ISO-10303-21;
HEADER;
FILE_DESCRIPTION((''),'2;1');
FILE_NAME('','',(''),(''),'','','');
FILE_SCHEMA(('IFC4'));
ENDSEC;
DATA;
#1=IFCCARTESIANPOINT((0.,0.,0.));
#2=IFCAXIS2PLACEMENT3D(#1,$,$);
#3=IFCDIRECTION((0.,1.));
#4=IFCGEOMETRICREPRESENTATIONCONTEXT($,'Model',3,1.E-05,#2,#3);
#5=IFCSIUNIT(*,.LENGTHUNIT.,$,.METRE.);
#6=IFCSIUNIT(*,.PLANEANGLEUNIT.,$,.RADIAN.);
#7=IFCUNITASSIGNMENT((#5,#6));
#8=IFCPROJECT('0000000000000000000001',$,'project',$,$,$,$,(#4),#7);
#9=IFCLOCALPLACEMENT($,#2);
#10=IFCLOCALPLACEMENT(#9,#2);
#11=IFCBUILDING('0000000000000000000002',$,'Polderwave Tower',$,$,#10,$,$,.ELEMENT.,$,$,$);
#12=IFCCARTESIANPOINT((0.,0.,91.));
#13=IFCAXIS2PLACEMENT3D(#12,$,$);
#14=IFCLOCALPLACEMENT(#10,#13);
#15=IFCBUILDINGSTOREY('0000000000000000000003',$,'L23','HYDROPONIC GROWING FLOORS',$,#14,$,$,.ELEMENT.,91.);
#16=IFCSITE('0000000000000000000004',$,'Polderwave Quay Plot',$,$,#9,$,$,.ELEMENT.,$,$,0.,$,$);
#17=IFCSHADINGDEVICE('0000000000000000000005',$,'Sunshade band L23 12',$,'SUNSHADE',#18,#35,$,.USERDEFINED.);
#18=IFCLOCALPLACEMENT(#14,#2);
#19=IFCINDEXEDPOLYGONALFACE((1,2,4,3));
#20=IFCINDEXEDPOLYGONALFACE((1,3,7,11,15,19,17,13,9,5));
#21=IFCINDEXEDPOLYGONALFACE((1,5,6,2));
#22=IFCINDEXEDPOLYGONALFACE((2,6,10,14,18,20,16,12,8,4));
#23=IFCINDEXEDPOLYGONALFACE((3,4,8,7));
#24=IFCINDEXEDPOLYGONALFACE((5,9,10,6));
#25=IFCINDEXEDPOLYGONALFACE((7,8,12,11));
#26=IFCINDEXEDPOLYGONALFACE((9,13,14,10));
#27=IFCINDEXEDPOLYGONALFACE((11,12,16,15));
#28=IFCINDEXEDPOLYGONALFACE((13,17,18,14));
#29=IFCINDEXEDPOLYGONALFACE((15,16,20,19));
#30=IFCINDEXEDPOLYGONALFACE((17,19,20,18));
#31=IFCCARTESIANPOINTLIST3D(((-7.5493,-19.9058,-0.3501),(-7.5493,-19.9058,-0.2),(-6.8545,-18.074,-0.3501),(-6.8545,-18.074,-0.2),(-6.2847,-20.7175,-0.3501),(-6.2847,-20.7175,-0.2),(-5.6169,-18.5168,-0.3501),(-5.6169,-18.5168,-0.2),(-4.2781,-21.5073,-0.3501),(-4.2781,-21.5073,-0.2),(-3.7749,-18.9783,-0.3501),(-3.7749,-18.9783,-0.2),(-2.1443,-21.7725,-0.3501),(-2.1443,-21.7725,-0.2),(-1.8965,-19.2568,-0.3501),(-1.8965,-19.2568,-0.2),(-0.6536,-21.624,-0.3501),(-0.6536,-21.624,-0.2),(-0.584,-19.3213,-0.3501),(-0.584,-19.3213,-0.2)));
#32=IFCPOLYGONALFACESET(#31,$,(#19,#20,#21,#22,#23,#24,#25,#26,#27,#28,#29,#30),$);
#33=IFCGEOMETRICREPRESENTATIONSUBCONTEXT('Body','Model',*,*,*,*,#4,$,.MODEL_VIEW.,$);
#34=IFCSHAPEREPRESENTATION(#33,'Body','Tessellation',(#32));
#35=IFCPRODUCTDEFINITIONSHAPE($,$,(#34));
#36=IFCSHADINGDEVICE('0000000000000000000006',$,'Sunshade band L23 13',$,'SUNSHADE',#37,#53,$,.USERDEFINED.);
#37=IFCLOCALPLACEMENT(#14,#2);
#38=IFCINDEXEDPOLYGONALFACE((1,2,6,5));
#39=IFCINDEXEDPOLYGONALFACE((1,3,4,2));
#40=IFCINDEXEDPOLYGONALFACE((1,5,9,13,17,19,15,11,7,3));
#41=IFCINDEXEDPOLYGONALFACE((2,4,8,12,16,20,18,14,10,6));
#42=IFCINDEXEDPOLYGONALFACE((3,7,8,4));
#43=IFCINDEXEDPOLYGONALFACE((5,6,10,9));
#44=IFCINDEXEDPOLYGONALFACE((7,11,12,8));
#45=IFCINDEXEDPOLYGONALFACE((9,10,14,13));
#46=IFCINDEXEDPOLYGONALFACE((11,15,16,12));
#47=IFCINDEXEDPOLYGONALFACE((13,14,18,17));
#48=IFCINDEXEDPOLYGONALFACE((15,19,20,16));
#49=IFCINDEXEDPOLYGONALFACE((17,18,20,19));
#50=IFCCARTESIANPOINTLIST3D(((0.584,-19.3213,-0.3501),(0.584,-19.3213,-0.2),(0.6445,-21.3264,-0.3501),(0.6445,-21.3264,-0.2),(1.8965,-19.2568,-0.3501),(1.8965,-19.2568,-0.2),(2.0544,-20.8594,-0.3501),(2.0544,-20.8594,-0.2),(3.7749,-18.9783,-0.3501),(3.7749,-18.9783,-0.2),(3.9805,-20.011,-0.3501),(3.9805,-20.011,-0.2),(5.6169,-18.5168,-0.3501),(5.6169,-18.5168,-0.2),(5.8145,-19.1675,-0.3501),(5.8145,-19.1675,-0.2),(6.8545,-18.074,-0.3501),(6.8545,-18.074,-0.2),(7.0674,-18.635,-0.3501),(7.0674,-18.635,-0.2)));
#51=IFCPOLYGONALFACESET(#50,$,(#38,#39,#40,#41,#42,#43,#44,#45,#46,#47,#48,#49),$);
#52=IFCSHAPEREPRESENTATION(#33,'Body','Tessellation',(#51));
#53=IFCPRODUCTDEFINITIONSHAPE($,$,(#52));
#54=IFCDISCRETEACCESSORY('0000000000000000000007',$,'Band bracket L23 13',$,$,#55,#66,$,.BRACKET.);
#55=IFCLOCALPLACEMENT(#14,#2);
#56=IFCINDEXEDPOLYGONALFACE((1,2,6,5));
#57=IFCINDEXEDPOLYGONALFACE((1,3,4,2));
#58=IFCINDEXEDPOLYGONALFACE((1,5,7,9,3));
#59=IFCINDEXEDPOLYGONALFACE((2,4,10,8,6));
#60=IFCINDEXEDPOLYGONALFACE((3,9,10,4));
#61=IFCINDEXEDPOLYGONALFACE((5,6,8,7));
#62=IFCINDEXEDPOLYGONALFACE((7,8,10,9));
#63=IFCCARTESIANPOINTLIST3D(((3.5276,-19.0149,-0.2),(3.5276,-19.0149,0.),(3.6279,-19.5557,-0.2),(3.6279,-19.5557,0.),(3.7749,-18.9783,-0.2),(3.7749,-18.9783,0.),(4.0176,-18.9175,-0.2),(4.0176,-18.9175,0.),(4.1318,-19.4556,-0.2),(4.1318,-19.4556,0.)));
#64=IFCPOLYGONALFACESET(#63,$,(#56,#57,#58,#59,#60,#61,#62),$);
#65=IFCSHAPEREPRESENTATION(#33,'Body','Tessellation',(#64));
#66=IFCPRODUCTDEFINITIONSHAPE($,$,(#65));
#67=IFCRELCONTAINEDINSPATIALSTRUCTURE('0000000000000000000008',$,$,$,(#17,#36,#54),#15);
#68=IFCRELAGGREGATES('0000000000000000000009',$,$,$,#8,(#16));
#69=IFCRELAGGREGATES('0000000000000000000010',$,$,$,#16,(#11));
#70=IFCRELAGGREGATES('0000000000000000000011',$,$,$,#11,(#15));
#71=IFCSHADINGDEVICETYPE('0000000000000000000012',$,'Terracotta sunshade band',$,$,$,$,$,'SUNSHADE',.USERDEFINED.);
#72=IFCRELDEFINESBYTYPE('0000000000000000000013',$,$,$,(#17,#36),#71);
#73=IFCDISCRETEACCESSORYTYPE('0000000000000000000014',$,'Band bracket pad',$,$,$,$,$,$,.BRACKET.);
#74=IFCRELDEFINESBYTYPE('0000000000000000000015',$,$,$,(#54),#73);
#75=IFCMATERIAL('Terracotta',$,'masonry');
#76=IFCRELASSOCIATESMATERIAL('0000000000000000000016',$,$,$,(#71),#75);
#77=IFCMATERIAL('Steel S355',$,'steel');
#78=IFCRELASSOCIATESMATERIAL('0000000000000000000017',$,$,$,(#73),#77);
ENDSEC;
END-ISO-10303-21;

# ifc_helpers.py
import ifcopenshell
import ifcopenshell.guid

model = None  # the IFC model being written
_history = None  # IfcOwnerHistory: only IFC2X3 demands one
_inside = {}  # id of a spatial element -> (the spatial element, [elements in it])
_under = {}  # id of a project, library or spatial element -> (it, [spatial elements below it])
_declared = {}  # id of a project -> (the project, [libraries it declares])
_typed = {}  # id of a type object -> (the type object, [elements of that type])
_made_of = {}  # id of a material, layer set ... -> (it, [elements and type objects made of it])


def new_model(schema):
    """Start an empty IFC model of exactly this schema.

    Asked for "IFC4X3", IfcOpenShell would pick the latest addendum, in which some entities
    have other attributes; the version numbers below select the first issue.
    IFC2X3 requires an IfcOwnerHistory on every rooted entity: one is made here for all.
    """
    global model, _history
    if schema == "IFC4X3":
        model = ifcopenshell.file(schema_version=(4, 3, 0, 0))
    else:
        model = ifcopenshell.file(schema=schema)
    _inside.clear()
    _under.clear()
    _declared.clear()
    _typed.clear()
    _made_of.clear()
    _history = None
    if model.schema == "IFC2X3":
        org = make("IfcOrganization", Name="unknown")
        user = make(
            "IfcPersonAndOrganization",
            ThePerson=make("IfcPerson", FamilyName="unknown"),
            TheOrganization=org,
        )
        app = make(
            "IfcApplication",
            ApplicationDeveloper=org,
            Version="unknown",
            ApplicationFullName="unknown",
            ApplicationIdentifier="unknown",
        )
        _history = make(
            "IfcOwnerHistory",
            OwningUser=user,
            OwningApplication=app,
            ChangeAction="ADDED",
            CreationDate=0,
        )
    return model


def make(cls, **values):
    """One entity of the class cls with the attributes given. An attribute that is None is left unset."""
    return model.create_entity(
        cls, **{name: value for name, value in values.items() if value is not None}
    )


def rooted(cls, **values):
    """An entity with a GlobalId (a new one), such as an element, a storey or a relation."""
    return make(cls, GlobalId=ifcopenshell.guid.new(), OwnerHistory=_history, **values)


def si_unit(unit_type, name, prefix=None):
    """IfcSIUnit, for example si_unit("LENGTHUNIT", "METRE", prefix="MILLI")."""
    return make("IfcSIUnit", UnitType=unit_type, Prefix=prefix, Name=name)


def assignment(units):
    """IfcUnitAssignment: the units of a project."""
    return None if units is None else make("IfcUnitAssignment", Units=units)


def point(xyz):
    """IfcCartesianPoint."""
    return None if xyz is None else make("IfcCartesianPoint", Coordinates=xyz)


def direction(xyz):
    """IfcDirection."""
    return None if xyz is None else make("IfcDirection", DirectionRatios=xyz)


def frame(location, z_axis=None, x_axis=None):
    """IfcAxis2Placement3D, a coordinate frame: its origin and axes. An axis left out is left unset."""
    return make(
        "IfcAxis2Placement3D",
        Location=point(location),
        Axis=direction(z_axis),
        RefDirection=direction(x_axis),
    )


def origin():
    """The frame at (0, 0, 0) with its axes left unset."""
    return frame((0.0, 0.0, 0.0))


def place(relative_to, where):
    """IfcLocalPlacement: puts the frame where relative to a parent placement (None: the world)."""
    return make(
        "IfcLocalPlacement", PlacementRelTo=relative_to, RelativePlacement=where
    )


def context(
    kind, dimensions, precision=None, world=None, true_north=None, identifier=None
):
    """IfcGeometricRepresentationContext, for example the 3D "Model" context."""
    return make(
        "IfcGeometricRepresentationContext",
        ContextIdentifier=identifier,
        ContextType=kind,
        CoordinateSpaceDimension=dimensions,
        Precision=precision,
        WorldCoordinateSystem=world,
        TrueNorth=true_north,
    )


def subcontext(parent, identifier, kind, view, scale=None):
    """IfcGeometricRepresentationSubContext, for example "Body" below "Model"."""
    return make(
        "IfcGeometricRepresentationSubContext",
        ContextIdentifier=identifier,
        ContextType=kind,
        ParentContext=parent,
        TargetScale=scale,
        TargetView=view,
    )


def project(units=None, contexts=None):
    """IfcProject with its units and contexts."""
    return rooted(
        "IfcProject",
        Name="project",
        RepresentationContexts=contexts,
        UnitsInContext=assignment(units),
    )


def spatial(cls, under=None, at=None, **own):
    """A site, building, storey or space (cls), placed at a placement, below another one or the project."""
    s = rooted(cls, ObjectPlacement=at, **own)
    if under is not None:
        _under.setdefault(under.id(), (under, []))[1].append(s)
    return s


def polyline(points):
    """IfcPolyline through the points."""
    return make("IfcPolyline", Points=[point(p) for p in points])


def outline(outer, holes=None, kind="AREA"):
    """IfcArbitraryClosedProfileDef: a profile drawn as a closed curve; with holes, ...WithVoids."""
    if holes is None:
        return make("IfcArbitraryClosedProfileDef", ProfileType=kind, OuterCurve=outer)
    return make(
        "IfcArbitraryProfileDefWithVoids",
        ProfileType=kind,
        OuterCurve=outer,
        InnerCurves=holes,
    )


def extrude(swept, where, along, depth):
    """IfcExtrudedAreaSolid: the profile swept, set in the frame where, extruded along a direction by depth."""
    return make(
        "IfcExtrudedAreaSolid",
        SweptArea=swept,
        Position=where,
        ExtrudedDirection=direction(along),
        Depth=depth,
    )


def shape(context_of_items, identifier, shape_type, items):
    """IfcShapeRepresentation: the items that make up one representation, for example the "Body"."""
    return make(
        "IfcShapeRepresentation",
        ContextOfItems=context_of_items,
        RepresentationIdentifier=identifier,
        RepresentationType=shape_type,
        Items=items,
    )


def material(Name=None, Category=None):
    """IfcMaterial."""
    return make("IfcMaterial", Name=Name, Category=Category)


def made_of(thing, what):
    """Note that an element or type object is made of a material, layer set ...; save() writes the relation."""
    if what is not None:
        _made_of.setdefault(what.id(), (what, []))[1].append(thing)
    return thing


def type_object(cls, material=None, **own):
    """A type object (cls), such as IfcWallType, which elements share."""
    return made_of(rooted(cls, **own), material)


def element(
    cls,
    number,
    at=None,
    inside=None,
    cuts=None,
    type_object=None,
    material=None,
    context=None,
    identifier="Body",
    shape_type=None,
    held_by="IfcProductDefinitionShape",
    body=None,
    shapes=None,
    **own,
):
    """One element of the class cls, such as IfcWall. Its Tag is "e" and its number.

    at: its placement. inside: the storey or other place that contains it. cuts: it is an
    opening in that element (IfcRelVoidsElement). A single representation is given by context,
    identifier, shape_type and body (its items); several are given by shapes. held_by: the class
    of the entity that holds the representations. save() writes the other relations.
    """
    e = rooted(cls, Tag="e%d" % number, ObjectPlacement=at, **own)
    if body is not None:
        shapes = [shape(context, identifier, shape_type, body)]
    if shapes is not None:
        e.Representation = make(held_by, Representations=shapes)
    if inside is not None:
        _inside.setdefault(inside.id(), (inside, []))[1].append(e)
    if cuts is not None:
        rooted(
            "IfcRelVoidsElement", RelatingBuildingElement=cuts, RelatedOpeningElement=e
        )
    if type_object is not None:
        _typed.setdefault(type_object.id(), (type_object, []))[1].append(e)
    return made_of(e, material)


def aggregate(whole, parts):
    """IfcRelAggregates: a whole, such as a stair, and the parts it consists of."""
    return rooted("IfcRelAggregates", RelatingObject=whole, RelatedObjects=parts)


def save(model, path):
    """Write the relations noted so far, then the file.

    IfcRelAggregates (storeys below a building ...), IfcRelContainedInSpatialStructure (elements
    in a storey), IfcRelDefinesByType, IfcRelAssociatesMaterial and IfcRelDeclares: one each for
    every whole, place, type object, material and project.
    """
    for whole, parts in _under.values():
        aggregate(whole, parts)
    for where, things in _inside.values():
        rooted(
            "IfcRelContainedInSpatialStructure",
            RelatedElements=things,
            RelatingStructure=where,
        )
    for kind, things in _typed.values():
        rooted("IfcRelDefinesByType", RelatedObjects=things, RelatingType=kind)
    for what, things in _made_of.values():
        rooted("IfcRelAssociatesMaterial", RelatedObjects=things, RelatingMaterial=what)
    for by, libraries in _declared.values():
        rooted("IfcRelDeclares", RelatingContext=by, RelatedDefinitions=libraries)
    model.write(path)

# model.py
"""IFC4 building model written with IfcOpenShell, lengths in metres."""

from ifc_helpers import new_model, si_unit, direction, frame, origin, place, context, subcontext, project, spatial, polyline, outline, extrude, material, type_object, element, save


model = new_model("IFC4")

# Units and contexts
model_context = context("Model", 3, precision=1e-05, world=origin(), true_north=direction((0.0, 1.0)))
body_context = subcontext(model_context, "Body", "Model", "MODEL_VIEW")
ifc_project = project(units=[si_unit("LENGTHUNIT", "METRE"), si_unit("PLANEANGLEUNIT", "RADIAN")], contexts=[model_context])

# Site, building, storey
site_placement = place(None, origin())
site = spatial("IfcSite", under=ifc_project, at=site_placement, Name="Polderwave Quay Plot", CompositionType="ELEMENT", RefElevation=0.0)
building_placement = place(site_placement, origin())
building = spatial("IfcBuilding", under=site, at=building_placement, Name="Polderwave Tower", CompositionType="ELEMENT")
storey_placement = place(building_placement, frame((0.0, 0.0, 91.0)))
storey = spatial("IfcBuildingStorey", under=building, at=storey_placement, Name="L23", Description="HYDROPONIC GROWING FLOORS", CompositionType="ELEMENT", Elevation=91.0)

# Shading devices
ifc_material_1 = material(Name="Terracotta", Category="masonry")
shading_device_type = type_object("IfcShadingDeviceType", Name="Terracotta sunshade band", ElementType="SUNSHADE", PredefinedType="USERDEFINED", material=ifc_material_1)
shading_device_1_placement = place(storey_placement, frame((0.0, 0.0, -0.3501)))
element("IfcShadingDevice", 1, at=shading_device_1_placement, inside=storey, type_object=shading_device_type, Name="Sunshade band L23 12", ObjectType="SUNSHADE", PredefinedType="USERDEFINED", context=body_context, shape_type="SweptSolid", body=[
    extrude(outline(polyline([(-6.8545, -18.074), (-5.6169, -18.5168), (-3.7749, -18.9783), (-1.8965, -19.2568), (-0.584, -19.3213), (-0.6536, -21.624), (-2.1443, -21.7725), (-4.2781, -21.5073), (-6.2847, -20.7175), (-7.5493, -19.9058), (-6.8545, -18.074)])), origin(), (0.0, 0.0, 1.0), 0.1501),
])
shading_device_2_placement = place(storey_placement, frame((0.0, 0.0, -0.3501)))
element("IfcShadingDevice", 2, at=shading_device_2_placement, inside=storey, type_object=shading_device_type, Name="Sunshade band L23 13", ObjectType="SUNSHADE", PredefinedType="USERDEFINED", context=body_context, shape_type="SweptSolid", body=[
    extrude(outline(polyline([(0.584, -19.3213), (1.8965, -19.2568), (3.7749, -18.9783), (5.6169, -18.5168), (6.8545, -18.074), (7.0674, -18.635), (5.8145, -19.1675), (3.9805, -20.011), (2.0544, -20.8594), (0.6445, -21.3264), (0.584, -19.3213)])), origin(), (0.0, 0.0, 1.0), 0.1501),
])

# Discrete accessory
ifc_material_2 = material(Name="Steel S355", Category="steel")
discrete_accessory_type = type_object("IfcDiscreteAccessoryType", Name="Band bracket pad", PredefinedType="BRACKET", material=ifc_material_2)
discrete_accessory_placement = place(storey_placement, frame((0.0, 0.0, -0.2)))
element("IfcDiscreteAccessory", 3, at=discrete_accessory_placement, inside=storey, type_object=discrete_accessory_type, Name="Band bracket L23 13", PredefinedType="BRACKET", context=body_context, shape_type="SweptSolid", body=[
    extrude(outline(polyline([(3.5276, -19.0149), (3.7749, -18.9783), (4.0176, -18.9175), (4.1318, -19.4556), (3.6279, -19.5557), (3.5276, -19.0149)])), origin(), (0.0, 0.0, 1.0), 0.2),
])

save(model, "model.ifc")
